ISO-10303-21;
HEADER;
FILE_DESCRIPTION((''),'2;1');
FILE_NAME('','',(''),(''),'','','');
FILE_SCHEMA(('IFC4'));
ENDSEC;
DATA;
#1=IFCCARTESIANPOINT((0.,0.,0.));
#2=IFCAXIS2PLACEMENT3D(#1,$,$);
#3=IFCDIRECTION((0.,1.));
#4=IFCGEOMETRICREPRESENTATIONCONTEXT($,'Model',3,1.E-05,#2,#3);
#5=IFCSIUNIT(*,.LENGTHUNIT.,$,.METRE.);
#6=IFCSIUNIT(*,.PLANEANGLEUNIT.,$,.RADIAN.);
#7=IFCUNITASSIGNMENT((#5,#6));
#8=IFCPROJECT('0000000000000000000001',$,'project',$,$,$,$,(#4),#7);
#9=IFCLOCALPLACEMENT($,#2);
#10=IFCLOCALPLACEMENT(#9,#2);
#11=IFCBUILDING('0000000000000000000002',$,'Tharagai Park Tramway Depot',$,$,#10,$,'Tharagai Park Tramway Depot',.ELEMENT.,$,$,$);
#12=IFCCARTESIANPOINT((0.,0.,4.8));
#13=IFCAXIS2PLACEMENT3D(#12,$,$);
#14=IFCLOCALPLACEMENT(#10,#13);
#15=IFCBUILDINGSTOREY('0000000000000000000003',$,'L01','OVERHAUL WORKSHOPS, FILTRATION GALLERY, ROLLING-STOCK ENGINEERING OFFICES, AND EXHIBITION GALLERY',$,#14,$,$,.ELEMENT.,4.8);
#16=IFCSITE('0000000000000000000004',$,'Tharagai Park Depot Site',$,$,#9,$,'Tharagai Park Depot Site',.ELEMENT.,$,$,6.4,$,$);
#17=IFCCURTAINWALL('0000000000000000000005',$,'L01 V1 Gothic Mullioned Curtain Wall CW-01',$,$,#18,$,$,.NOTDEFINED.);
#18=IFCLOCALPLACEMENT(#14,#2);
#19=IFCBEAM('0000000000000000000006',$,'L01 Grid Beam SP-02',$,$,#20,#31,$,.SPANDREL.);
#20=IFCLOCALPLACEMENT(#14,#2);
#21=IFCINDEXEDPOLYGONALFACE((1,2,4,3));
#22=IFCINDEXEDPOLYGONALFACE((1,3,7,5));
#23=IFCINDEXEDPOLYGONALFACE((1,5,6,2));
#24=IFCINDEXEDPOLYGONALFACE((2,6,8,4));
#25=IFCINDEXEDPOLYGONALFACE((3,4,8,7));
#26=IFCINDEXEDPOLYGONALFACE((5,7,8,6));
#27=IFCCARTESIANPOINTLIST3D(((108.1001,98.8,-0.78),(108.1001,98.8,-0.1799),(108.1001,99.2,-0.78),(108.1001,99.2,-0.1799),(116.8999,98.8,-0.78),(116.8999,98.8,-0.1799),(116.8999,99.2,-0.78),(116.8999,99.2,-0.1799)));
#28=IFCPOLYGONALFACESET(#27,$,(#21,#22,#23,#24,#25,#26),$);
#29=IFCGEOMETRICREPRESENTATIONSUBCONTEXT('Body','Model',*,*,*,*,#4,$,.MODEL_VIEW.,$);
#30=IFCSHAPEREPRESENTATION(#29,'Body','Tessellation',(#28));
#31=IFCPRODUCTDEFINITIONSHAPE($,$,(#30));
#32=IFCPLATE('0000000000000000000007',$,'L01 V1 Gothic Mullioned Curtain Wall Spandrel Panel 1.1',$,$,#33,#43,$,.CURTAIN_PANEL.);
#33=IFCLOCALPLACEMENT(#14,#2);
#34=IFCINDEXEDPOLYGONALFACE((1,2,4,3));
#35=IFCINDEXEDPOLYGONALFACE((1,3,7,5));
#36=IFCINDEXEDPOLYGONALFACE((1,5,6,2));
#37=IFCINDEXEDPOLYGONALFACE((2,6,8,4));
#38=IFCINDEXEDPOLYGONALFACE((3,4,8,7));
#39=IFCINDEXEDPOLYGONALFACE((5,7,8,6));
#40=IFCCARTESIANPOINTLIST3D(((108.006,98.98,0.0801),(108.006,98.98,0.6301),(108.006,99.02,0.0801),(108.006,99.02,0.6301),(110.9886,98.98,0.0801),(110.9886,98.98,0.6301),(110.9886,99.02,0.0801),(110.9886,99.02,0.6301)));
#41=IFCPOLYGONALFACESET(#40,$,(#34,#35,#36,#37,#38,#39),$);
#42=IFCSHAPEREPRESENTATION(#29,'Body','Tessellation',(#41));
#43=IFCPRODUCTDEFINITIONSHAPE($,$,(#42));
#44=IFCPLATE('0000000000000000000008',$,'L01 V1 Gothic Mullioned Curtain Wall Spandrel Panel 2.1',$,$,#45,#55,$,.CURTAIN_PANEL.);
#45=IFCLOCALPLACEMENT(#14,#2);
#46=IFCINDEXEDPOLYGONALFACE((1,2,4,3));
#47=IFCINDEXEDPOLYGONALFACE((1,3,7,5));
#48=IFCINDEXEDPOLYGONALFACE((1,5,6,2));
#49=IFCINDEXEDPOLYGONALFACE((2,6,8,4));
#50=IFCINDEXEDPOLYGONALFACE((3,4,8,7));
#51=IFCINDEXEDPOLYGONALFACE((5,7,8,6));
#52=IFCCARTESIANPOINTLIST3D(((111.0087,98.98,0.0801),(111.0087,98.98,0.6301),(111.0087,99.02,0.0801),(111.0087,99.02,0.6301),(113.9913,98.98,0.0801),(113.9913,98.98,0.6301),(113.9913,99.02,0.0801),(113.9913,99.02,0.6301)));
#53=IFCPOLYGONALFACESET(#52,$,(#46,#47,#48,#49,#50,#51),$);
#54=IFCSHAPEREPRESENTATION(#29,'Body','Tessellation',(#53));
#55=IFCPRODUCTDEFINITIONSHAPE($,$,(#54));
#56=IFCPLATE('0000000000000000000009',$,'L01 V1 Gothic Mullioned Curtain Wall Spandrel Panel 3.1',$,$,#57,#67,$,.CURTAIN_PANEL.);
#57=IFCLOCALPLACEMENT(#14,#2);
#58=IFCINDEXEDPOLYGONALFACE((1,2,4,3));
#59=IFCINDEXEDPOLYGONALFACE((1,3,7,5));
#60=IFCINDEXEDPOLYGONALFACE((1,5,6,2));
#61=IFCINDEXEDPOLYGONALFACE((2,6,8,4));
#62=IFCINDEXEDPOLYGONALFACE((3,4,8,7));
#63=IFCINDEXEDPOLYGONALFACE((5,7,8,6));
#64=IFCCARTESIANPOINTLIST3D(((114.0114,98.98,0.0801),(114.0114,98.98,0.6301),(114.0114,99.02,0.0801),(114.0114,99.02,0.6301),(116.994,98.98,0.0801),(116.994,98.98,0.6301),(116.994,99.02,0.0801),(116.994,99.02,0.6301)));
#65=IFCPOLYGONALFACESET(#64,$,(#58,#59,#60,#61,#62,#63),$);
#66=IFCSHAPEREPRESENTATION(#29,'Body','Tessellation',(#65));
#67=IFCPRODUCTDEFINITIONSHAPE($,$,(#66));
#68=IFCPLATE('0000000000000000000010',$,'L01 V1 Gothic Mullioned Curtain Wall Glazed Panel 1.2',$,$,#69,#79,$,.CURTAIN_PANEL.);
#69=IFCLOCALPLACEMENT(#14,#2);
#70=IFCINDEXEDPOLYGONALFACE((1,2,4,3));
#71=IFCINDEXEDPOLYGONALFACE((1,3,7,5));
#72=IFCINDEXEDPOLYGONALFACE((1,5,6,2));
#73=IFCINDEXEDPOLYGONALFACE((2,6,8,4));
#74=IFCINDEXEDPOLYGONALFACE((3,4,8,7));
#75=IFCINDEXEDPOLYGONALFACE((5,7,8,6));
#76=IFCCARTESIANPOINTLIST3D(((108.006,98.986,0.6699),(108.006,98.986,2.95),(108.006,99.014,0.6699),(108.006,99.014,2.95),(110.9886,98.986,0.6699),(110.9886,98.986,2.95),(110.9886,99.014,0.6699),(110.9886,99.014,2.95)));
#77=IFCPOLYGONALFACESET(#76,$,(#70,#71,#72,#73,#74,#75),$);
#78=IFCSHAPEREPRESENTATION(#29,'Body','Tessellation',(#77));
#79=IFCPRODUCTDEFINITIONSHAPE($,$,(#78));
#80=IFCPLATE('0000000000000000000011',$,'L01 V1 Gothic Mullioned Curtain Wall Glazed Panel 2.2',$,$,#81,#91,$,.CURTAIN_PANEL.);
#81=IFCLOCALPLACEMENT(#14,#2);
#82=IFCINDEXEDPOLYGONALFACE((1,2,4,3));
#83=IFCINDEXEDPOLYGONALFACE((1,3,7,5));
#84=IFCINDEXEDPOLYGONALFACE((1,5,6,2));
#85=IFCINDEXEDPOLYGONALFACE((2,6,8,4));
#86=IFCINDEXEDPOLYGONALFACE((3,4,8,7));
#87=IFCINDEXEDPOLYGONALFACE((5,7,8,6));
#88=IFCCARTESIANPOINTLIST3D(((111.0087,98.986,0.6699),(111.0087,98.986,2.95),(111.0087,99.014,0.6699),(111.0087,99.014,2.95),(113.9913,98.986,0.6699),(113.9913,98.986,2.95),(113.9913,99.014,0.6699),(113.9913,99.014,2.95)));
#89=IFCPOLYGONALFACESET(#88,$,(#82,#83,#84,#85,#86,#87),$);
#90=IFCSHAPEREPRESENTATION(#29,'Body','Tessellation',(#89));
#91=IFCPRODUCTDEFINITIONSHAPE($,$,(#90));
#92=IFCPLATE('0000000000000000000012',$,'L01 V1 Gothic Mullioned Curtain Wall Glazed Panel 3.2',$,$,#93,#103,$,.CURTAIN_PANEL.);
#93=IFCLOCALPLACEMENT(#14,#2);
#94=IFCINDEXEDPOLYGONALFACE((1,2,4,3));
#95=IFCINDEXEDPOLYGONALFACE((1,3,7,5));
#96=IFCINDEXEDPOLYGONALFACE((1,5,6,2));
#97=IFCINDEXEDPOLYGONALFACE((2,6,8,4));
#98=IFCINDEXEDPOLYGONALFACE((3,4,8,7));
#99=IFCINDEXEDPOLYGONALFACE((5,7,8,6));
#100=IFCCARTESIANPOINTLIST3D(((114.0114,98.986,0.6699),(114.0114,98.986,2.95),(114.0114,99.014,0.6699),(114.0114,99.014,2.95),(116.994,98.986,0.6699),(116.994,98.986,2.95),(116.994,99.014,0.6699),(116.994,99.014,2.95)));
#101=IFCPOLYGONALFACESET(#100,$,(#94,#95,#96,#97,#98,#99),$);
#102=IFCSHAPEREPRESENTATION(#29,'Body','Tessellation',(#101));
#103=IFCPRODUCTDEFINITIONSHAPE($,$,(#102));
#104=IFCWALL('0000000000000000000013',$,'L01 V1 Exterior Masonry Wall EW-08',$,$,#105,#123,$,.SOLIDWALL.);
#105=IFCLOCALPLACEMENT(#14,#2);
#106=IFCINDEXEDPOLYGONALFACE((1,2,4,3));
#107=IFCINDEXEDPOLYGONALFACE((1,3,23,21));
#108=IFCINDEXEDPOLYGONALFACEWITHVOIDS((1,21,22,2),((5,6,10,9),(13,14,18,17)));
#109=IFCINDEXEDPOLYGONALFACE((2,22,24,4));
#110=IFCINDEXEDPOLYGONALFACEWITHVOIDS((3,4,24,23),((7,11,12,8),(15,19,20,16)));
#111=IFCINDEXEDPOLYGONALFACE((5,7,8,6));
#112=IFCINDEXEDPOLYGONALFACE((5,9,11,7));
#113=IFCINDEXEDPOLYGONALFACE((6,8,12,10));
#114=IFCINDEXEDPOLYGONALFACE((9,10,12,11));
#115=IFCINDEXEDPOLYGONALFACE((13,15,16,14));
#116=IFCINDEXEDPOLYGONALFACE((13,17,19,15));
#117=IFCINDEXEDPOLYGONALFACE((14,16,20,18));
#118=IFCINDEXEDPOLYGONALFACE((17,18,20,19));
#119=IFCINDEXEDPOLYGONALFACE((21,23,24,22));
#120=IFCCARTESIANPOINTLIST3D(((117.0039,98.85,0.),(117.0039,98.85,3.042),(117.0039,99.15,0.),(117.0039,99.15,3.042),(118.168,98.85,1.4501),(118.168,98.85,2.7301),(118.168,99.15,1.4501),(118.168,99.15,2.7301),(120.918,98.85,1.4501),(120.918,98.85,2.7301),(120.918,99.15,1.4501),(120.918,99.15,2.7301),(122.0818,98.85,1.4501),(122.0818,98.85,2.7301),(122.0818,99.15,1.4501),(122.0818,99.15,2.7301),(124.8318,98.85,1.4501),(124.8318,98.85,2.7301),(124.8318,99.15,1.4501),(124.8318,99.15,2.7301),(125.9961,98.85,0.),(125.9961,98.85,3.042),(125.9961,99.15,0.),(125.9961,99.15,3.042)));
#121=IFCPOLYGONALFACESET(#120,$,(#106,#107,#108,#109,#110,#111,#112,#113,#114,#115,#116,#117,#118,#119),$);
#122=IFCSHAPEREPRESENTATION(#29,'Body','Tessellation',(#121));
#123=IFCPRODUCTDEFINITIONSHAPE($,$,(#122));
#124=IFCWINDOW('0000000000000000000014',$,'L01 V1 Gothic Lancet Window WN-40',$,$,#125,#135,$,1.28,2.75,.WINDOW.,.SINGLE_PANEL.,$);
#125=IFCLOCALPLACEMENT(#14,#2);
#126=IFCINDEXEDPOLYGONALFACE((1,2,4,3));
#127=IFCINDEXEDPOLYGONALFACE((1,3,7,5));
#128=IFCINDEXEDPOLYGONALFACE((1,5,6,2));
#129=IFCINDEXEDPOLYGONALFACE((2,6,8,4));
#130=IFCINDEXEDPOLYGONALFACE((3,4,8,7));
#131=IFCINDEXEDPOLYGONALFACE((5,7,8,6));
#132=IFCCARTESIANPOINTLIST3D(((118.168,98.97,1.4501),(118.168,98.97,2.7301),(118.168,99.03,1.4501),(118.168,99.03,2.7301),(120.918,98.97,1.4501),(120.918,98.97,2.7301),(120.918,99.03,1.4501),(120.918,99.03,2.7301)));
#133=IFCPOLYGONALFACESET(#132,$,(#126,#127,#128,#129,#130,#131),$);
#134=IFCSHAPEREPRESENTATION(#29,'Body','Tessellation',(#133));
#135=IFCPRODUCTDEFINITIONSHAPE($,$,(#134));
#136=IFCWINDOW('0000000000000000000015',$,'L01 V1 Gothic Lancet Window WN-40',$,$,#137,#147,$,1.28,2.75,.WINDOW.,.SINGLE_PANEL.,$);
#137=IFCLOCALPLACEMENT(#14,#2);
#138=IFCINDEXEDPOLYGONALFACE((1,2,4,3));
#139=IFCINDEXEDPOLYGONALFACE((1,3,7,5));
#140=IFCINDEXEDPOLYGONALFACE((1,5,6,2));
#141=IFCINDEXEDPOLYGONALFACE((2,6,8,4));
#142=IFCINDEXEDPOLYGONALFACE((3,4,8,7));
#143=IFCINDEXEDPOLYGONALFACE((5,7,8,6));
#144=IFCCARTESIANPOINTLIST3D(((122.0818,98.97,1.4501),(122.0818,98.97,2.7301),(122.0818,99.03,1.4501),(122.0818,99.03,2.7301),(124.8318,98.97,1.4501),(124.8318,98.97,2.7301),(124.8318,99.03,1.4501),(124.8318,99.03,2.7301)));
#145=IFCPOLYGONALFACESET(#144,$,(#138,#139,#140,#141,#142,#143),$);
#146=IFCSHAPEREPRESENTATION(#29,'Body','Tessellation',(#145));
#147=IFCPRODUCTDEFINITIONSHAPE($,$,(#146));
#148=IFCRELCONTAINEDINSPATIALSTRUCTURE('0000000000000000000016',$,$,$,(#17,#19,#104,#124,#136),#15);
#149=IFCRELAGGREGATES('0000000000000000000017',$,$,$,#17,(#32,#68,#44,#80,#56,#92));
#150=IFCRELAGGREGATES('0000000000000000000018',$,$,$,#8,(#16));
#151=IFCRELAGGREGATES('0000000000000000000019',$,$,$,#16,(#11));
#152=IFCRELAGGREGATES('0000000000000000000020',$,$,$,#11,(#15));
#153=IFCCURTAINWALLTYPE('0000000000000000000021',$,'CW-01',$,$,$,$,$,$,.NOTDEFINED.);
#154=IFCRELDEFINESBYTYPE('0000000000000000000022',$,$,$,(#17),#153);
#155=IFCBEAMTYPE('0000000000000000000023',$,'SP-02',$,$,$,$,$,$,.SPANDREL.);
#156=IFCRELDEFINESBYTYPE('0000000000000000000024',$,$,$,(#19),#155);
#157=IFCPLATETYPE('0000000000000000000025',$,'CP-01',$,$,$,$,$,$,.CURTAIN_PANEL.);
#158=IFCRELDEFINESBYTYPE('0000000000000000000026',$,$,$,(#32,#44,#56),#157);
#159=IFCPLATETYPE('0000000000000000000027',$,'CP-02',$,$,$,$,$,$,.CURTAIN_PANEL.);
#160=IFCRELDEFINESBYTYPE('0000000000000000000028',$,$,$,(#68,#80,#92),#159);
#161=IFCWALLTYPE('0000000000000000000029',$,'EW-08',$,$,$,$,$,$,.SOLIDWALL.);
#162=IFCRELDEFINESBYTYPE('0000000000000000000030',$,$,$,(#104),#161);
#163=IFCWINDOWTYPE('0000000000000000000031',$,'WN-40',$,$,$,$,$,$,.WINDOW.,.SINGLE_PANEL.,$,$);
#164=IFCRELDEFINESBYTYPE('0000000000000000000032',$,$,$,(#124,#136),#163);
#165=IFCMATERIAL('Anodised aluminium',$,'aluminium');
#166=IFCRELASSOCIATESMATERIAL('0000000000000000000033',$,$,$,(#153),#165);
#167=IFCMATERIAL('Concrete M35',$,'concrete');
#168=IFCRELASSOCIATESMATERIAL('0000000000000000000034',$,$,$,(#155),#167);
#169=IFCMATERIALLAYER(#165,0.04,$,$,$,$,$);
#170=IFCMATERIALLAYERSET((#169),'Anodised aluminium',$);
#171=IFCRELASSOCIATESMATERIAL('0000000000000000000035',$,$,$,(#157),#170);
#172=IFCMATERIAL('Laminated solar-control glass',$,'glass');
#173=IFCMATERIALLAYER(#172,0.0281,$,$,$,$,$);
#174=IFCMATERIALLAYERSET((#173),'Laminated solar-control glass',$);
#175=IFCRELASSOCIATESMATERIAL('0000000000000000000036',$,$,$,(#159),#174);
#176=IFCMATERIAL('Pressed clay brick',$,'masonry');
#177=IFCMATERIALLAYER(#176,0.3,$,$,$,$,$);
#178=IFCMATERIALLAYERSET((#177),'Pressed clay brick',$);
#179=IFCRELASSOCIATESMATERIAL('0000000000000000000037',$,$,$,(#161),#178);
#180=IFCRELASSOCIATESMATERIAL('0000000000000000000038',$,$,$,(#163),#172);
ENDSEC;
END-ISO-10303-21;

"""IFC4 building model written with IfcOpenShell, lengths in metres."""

from ifc_helpers import new_model, si_unit, direction, frame, frame_2d, origin, origin_2d, place, context, subcontext, project, spatial, rectangle, extrude, material, layer, layer_set, material_profile, profile_set, type_object, element, fill, aggregate, save


model = new_model("IFC4")

# Units and contexts
model_context = context("Model", 3, precision=1e-05, world=origin(), true_north=direction((0.0, 1.0)))
body_context = subcontext(model_context, "Body", "Model", "MODEL_VIEW")
ifc_project = project(units=[si_unit("LENGTHUNIT", "METRE"), si_unit("PLANEANGLEUNIT", "RADIAN")], contexts=[model_context])

# Site, building, storey
site_placement = place(None, origin())
site = spatial("IfcSite", under=ifc_project, at=site_placement, Name="Tharagai Park Depot Site", LongName="Tharagai Park Depot Site", CompositionType="ELEMENT", RefElevation=6.4)
building_placement = place(site_placement, origin())
building = spatial("IfcBuilding", under=site, at=building_placement, Name="Tharagai Park Tramway Depot", LongName="Tharagai Park Tramway Depot", CompositionType="ELEMENT")
storey_placement = place(building_placement, frame((0.0, 0.0, 4.8)))
storey = spatial("IfcBuildingStorey", under=building, at=storey_placement, Name="L01", Description="OVERHAUL WORKSHOPS, FILTRATION GALLERY, ROLLING-STOCK ENGINEERING OFFICES, AND EXHIBITION GALLERY", CompositionType="ELEMENT", Elevation=4.8)

# Curtain wall
ifc_material_1 = material(Name="Anodised aluminium", Category="aluminium")
curtain_wall_type = type_object("IfcCurtainWallType", Name="CW-01", PredefinedType="NOTDEFINED", material=ifc_material_1)
curtain_wall_placement = place(storey_placement, origin())
curtain_wall = element("IfcCurtainWall", 1, at=curtain_wall_placement, inside=storey, type_object=curtain_wall_type, Name="L01 V1 Gothic Mullioned Curtain Wall CW-01", PredefinedType="NOTDEFINED")

# Beam
ifc_material_2 = material(Name="Concrete M35", Category="concrete")
ifc_material_profile_1 = material_profile(ifc_material_2, rectangle(XDim=0.3999, YDim=0.6001, at=origin_2d()), Name="RC 400x600")
ifc_profile_set_1 = profile_set([ifc_material_profile_1], Name="Concrete M35")
beam_type = type_object("IfcBeamType", Name="SP-02", PredefinedType="SPANDREL", material=ifc_profile_set_1)
beam_placement = place(storey_placement, frame((108.1001, 99.0, -0.48), z_axis=(1.0, 0.0, 0.0), x_axis=(0.0, 1.0, 0.0)))
element("IfcBeam", 2, at=beam_placement, inside=storey, type_object=beam_type, Name="L01 Grid Beam SP-02", PredefinedType="SPANDREL", context=body_context, shape_type="SweptSolid", body=[
    extrude(rectangle(XDim=0.3999, YDim=0.6001, at=origin_2d()), origin(), (0.0, 0.0, 1.0), 8.7998),
])

# Plates
ifc_layer_1 = layer(ifc_material_1, 0.04)
ifc_layer_set_1 = layer_set([ifc_layer_1], Name="Anodised aluminium")
plate_type_1 = type_object("IfcPlateType", Name="CP-01", PredefinedType="CURTAIN_PANEL", material=ifc_layer_set_1)
plate_1_placement = place(storey_placement, frame((109.4973, 99.0, 0.0801), z_axis=(0.0, 0.0, 1.0), x_axis=(1.0, 0.0, 0.0)))
plate_1 = element("IfcPlate", 3, at=plate_1_placement, type_object=plate_type_1, Name="L01 V1 Gothic Mullioned Curtain Wall Spandrel Panel 1.1", PredefinedType="CURTAIN_PANEL", context=body_context, shape_type="SweptSolid", body=[
    extrude(rectangle(XDim=2.9827, YDim=0.04, at=origin_2d()), origin(), (0.0, 0.0, 1.0), 0.55),
])
plate_2_placement = place(storey_placement, frame((112.5, 99.0, 0.0801), z_axis=(0.0, 0.0, 1.0), x_axis=(1.0, 0.0, 0.0)))
plate_2 = element("IfcPlate", 4, at=plate_2_placement, type_object=plate_type_1, Name="L01 V1 Gothic Mullioned Curtain Wall Spandrel Panel 2.1", PredefinedType="CURTAIN_PANEL", context=body_context, shape_type="SweptSolid", body=[
    extrude(rectangle(XDim=2.9827, YDim=0.04, at=origin_2d()), origin(), (0.0, 0.0, 1.0), 0.55),
])
plate_3_placement = place(storey_placement, frame((115.5027, 99.0, 0.0801), z_axis=(0.0, 0.0, 1.0), x_axis=(1.0, 0.0, 0.0)))
plate_3 = element("IfcPlate", 5, at=plate_3_placement, type_object=plate_type_1, Name="L01 V1 Gothic Mullioned Curtain Wall Spandrel Panel 3.1", PredefinedType="CURTAIN_PANEL", context=body_context, shape_type="SweptSolid", body=[
    extrude(rectangle(XDim=2.9827, YDim=0.04, at=origin_2d()), origin(), (0.0, 0.0, 1.0), 0.55),
])
ifc_material_3 = material(Name="Laminated solar-control glass", Category="glass")
ifc_layer_2 = layer(ifc_material_3, 0.0281)
ifc_layer_set_2 = layer_set([ifc_layer_2], Name="Laminated solar-control glass")
plate_type_2 = type_object("IfcPlateType", Name="CP-02", PredefinedType="CURTAIN_PANEL", material=ifc_layer_set_2)
plate_4_placement = place(storey_placement, frame((109.4973, 99.0, 0.6699), z_axis=(0.0, 0.0, 1.0), x_axis=(1.0, 0.0, 0.0)))
plate_4 = element("IfcPlate", 6, at=plate_4_placement, type_object=plate_type_2, Name="L01 V1 Gothic Mullioned Curtain Wall Glazed Panel 1.2", PredefinedType="CURTAIN_PANEL", context=body_context, shape_type="SweptSolid", body=[
    extrude(rectangle(XDim=2.9827, YDim=0.0281, at=origin_2d()), origin(), (0.0, 0.0, 1.0), 2.28),
])
plate_5_placement = place(storey_placement, frame((112.5, 99.0, 0.6699), z_axis=(0.0, 0.0, 1.0), x_axis=(1.0, 0.0, 0.0)))
plate_5 = element("IfcPlate", 7, at=plate_5_placement, type_object=plate_type_2, Name="L01 V1 Gothic Mullioned Curtain Wall Glazed Panel 2.2", PredefinedType="CURTAIN_PANEL", context=body_context, shape_type="SweptSolid", body=[
    extrude(rectangle(XDim=2.9827, YDim=0.0281, at=origin_2d()), origin(), (0.0, 0.0, 1.0), 2.28),
])
plate_6_placement = place(storey_placement, frame((115.5027, 99.0, 0.6699), z_axis=(0.0, 0.0, 1.0), x_axis=(1.0, 0.0, 0.0)))
plate_6 = element("IfcPlate", 8, at=plate_6_placement, type_object=plate_type_2, Name="L01 V1 Gothic Mullioned Curtain Wall Glazed Panel 3.2", PredefinedType="CURTAIN_PANEL", context=body_context, shape_type="SweptSolid", body=[
    extrude(rectangle(XDim=2.9827, YDim=0.0281, at=origin_2d()), origin(), (0.0, 0.0, 1.0), 2.28),
])
aggregate(curtain_wall, [plate_1, plate_4, plate_2, plate_5, plate_3, plate_6])

# Wall, openings, windows
ifc_material_4 = material(Name="Pressed clay brick", Category="masonry")
ifc_layer_3 = layer(ifc_material_4, 0.3)
ifc_layer_set_3 = layer_set([ifc_layer_3], Name="Pressed clay brick")
wall_type = type_object("IfcWallType", Name="EW-08", PredefinedType="SOLIDWALL", material=ifc_layer_set_3)
wall_placement = place(storey_placement, frame((117.0039, 99.0, 0.0), z_axis=(0.0, 0.0, 1.0), x_axis=(1.0, 0.0, 0.0)))
wall = element("IfcWall", 9, at=wall_placement, inside=storey, type_object=wall_type, Name="L01 V1 Exterior Masonry Wall EW-08", PredefinedType="SOLIDWALL", context=body_context, shape_type="SweptSolid", body=[
    extrude(rectangle(XDim=8.9922, YDim=0.3, at=frame_2d((4.4961, 0.0))), origin(), (0.0, 0.0, 1.0), 3.042),
])
opening_1_placement = place(wall_placement, frame((1.1641, 0.0, 1.45)))
opening_1 = element("IfcOpeningElement", 10, at=opening_1_placement, cuts=wall, PredefinedType="OPENING", context=body_context, shape_type="SweptSolid", body=[
    extrude(rectangle(XDim=2.75, YDim=1.28, at=frame_2d((1.375, 0.6401))), frame((0.0, 0.1599, 0.0), z_axis=(0.0, -1.0, 0.0), x_axis=(1.0, 0.0, 0.0)), (0.0, 0.0, 1.0), 0.3201),
])
opening_2_placement = place(wall_placement, frame((5.0779, 0.0, 1.45)))
opening_2 = element("IfcOpeningElement", 11, at=opening_2_placement, cuts=wall, PredefinedType="OPENING", context=body_context, shape_type="SweptSolid", body=[
    extrude(rectangle(XDim=2.75, YDim=1.28, at=frame_2d((1.375, 0.6401))), frame((0.0, 0.1599, 0.0), z_axis=(0.0, -1.0, 0.0), x_axis=(1.0, 0.0, 0.0)), (0.0, 0.0, 1.0), 0.3201),
])
window_type = type_object("IfcWindowType", Name="WN-40", PartitioningType="SINGLE_PANEL", PredefinedType="WINDOW", material=ifc_material_3)
window_1_placement = place(opening_1_placement, origin())
window_1 = element("IfcWindow", 12, at=window_1_placement, inside=storey, type_object=window_type, Name="L01 V1 Gothic Lancet Window WN-40", OverallHeight=1.28, OverallWidth=2.75, PartitioningType="SINGLE_PANEL", PredefinedType="WINDOW", context=body_context, shape_type="SweptSolid", body=[
    extrude(rectangle(XDim=2.75, YDim=1.28, at=frame_2d((1.375, 0.6401))), frame((0.0, 0.03, 0.0), z_axis=(0.0, -1.0, 0.0), x_axis=(1.0, 0.0, 0.0)), (0.0, 0.0, 1.0), 0.0601),
])
fill(opening_1, window_1)
window_2_placement = place(opening_2_placement, origin())
window_2 = element("IfcWindow", 13, at=window_2_placement, inside=storey, type_object=window_type, Name="L01 V1 Gothic Lancet Window WN-40", OverallHeight=1.28, OverallWidth=2.75, PartitioningType="SINGLE_PANEL", PredefinedType="WINDOW", context=body_context, shape_type="SweptSolid", body=[
    extrude(rectangle(XDim=2.75, YDim=1.28, at=frame_2d((1.375, 0.6401))), frame((0.0, 0.03, 0.0), z_axis=(0.0, -1.0, 0.0), x_axis=(1.0, 0.0, 0.0)), (0.0, 0.0, 1.0), 0.0601),
])
fill(opening_2, window_2)

save(model, "model.ifc")
